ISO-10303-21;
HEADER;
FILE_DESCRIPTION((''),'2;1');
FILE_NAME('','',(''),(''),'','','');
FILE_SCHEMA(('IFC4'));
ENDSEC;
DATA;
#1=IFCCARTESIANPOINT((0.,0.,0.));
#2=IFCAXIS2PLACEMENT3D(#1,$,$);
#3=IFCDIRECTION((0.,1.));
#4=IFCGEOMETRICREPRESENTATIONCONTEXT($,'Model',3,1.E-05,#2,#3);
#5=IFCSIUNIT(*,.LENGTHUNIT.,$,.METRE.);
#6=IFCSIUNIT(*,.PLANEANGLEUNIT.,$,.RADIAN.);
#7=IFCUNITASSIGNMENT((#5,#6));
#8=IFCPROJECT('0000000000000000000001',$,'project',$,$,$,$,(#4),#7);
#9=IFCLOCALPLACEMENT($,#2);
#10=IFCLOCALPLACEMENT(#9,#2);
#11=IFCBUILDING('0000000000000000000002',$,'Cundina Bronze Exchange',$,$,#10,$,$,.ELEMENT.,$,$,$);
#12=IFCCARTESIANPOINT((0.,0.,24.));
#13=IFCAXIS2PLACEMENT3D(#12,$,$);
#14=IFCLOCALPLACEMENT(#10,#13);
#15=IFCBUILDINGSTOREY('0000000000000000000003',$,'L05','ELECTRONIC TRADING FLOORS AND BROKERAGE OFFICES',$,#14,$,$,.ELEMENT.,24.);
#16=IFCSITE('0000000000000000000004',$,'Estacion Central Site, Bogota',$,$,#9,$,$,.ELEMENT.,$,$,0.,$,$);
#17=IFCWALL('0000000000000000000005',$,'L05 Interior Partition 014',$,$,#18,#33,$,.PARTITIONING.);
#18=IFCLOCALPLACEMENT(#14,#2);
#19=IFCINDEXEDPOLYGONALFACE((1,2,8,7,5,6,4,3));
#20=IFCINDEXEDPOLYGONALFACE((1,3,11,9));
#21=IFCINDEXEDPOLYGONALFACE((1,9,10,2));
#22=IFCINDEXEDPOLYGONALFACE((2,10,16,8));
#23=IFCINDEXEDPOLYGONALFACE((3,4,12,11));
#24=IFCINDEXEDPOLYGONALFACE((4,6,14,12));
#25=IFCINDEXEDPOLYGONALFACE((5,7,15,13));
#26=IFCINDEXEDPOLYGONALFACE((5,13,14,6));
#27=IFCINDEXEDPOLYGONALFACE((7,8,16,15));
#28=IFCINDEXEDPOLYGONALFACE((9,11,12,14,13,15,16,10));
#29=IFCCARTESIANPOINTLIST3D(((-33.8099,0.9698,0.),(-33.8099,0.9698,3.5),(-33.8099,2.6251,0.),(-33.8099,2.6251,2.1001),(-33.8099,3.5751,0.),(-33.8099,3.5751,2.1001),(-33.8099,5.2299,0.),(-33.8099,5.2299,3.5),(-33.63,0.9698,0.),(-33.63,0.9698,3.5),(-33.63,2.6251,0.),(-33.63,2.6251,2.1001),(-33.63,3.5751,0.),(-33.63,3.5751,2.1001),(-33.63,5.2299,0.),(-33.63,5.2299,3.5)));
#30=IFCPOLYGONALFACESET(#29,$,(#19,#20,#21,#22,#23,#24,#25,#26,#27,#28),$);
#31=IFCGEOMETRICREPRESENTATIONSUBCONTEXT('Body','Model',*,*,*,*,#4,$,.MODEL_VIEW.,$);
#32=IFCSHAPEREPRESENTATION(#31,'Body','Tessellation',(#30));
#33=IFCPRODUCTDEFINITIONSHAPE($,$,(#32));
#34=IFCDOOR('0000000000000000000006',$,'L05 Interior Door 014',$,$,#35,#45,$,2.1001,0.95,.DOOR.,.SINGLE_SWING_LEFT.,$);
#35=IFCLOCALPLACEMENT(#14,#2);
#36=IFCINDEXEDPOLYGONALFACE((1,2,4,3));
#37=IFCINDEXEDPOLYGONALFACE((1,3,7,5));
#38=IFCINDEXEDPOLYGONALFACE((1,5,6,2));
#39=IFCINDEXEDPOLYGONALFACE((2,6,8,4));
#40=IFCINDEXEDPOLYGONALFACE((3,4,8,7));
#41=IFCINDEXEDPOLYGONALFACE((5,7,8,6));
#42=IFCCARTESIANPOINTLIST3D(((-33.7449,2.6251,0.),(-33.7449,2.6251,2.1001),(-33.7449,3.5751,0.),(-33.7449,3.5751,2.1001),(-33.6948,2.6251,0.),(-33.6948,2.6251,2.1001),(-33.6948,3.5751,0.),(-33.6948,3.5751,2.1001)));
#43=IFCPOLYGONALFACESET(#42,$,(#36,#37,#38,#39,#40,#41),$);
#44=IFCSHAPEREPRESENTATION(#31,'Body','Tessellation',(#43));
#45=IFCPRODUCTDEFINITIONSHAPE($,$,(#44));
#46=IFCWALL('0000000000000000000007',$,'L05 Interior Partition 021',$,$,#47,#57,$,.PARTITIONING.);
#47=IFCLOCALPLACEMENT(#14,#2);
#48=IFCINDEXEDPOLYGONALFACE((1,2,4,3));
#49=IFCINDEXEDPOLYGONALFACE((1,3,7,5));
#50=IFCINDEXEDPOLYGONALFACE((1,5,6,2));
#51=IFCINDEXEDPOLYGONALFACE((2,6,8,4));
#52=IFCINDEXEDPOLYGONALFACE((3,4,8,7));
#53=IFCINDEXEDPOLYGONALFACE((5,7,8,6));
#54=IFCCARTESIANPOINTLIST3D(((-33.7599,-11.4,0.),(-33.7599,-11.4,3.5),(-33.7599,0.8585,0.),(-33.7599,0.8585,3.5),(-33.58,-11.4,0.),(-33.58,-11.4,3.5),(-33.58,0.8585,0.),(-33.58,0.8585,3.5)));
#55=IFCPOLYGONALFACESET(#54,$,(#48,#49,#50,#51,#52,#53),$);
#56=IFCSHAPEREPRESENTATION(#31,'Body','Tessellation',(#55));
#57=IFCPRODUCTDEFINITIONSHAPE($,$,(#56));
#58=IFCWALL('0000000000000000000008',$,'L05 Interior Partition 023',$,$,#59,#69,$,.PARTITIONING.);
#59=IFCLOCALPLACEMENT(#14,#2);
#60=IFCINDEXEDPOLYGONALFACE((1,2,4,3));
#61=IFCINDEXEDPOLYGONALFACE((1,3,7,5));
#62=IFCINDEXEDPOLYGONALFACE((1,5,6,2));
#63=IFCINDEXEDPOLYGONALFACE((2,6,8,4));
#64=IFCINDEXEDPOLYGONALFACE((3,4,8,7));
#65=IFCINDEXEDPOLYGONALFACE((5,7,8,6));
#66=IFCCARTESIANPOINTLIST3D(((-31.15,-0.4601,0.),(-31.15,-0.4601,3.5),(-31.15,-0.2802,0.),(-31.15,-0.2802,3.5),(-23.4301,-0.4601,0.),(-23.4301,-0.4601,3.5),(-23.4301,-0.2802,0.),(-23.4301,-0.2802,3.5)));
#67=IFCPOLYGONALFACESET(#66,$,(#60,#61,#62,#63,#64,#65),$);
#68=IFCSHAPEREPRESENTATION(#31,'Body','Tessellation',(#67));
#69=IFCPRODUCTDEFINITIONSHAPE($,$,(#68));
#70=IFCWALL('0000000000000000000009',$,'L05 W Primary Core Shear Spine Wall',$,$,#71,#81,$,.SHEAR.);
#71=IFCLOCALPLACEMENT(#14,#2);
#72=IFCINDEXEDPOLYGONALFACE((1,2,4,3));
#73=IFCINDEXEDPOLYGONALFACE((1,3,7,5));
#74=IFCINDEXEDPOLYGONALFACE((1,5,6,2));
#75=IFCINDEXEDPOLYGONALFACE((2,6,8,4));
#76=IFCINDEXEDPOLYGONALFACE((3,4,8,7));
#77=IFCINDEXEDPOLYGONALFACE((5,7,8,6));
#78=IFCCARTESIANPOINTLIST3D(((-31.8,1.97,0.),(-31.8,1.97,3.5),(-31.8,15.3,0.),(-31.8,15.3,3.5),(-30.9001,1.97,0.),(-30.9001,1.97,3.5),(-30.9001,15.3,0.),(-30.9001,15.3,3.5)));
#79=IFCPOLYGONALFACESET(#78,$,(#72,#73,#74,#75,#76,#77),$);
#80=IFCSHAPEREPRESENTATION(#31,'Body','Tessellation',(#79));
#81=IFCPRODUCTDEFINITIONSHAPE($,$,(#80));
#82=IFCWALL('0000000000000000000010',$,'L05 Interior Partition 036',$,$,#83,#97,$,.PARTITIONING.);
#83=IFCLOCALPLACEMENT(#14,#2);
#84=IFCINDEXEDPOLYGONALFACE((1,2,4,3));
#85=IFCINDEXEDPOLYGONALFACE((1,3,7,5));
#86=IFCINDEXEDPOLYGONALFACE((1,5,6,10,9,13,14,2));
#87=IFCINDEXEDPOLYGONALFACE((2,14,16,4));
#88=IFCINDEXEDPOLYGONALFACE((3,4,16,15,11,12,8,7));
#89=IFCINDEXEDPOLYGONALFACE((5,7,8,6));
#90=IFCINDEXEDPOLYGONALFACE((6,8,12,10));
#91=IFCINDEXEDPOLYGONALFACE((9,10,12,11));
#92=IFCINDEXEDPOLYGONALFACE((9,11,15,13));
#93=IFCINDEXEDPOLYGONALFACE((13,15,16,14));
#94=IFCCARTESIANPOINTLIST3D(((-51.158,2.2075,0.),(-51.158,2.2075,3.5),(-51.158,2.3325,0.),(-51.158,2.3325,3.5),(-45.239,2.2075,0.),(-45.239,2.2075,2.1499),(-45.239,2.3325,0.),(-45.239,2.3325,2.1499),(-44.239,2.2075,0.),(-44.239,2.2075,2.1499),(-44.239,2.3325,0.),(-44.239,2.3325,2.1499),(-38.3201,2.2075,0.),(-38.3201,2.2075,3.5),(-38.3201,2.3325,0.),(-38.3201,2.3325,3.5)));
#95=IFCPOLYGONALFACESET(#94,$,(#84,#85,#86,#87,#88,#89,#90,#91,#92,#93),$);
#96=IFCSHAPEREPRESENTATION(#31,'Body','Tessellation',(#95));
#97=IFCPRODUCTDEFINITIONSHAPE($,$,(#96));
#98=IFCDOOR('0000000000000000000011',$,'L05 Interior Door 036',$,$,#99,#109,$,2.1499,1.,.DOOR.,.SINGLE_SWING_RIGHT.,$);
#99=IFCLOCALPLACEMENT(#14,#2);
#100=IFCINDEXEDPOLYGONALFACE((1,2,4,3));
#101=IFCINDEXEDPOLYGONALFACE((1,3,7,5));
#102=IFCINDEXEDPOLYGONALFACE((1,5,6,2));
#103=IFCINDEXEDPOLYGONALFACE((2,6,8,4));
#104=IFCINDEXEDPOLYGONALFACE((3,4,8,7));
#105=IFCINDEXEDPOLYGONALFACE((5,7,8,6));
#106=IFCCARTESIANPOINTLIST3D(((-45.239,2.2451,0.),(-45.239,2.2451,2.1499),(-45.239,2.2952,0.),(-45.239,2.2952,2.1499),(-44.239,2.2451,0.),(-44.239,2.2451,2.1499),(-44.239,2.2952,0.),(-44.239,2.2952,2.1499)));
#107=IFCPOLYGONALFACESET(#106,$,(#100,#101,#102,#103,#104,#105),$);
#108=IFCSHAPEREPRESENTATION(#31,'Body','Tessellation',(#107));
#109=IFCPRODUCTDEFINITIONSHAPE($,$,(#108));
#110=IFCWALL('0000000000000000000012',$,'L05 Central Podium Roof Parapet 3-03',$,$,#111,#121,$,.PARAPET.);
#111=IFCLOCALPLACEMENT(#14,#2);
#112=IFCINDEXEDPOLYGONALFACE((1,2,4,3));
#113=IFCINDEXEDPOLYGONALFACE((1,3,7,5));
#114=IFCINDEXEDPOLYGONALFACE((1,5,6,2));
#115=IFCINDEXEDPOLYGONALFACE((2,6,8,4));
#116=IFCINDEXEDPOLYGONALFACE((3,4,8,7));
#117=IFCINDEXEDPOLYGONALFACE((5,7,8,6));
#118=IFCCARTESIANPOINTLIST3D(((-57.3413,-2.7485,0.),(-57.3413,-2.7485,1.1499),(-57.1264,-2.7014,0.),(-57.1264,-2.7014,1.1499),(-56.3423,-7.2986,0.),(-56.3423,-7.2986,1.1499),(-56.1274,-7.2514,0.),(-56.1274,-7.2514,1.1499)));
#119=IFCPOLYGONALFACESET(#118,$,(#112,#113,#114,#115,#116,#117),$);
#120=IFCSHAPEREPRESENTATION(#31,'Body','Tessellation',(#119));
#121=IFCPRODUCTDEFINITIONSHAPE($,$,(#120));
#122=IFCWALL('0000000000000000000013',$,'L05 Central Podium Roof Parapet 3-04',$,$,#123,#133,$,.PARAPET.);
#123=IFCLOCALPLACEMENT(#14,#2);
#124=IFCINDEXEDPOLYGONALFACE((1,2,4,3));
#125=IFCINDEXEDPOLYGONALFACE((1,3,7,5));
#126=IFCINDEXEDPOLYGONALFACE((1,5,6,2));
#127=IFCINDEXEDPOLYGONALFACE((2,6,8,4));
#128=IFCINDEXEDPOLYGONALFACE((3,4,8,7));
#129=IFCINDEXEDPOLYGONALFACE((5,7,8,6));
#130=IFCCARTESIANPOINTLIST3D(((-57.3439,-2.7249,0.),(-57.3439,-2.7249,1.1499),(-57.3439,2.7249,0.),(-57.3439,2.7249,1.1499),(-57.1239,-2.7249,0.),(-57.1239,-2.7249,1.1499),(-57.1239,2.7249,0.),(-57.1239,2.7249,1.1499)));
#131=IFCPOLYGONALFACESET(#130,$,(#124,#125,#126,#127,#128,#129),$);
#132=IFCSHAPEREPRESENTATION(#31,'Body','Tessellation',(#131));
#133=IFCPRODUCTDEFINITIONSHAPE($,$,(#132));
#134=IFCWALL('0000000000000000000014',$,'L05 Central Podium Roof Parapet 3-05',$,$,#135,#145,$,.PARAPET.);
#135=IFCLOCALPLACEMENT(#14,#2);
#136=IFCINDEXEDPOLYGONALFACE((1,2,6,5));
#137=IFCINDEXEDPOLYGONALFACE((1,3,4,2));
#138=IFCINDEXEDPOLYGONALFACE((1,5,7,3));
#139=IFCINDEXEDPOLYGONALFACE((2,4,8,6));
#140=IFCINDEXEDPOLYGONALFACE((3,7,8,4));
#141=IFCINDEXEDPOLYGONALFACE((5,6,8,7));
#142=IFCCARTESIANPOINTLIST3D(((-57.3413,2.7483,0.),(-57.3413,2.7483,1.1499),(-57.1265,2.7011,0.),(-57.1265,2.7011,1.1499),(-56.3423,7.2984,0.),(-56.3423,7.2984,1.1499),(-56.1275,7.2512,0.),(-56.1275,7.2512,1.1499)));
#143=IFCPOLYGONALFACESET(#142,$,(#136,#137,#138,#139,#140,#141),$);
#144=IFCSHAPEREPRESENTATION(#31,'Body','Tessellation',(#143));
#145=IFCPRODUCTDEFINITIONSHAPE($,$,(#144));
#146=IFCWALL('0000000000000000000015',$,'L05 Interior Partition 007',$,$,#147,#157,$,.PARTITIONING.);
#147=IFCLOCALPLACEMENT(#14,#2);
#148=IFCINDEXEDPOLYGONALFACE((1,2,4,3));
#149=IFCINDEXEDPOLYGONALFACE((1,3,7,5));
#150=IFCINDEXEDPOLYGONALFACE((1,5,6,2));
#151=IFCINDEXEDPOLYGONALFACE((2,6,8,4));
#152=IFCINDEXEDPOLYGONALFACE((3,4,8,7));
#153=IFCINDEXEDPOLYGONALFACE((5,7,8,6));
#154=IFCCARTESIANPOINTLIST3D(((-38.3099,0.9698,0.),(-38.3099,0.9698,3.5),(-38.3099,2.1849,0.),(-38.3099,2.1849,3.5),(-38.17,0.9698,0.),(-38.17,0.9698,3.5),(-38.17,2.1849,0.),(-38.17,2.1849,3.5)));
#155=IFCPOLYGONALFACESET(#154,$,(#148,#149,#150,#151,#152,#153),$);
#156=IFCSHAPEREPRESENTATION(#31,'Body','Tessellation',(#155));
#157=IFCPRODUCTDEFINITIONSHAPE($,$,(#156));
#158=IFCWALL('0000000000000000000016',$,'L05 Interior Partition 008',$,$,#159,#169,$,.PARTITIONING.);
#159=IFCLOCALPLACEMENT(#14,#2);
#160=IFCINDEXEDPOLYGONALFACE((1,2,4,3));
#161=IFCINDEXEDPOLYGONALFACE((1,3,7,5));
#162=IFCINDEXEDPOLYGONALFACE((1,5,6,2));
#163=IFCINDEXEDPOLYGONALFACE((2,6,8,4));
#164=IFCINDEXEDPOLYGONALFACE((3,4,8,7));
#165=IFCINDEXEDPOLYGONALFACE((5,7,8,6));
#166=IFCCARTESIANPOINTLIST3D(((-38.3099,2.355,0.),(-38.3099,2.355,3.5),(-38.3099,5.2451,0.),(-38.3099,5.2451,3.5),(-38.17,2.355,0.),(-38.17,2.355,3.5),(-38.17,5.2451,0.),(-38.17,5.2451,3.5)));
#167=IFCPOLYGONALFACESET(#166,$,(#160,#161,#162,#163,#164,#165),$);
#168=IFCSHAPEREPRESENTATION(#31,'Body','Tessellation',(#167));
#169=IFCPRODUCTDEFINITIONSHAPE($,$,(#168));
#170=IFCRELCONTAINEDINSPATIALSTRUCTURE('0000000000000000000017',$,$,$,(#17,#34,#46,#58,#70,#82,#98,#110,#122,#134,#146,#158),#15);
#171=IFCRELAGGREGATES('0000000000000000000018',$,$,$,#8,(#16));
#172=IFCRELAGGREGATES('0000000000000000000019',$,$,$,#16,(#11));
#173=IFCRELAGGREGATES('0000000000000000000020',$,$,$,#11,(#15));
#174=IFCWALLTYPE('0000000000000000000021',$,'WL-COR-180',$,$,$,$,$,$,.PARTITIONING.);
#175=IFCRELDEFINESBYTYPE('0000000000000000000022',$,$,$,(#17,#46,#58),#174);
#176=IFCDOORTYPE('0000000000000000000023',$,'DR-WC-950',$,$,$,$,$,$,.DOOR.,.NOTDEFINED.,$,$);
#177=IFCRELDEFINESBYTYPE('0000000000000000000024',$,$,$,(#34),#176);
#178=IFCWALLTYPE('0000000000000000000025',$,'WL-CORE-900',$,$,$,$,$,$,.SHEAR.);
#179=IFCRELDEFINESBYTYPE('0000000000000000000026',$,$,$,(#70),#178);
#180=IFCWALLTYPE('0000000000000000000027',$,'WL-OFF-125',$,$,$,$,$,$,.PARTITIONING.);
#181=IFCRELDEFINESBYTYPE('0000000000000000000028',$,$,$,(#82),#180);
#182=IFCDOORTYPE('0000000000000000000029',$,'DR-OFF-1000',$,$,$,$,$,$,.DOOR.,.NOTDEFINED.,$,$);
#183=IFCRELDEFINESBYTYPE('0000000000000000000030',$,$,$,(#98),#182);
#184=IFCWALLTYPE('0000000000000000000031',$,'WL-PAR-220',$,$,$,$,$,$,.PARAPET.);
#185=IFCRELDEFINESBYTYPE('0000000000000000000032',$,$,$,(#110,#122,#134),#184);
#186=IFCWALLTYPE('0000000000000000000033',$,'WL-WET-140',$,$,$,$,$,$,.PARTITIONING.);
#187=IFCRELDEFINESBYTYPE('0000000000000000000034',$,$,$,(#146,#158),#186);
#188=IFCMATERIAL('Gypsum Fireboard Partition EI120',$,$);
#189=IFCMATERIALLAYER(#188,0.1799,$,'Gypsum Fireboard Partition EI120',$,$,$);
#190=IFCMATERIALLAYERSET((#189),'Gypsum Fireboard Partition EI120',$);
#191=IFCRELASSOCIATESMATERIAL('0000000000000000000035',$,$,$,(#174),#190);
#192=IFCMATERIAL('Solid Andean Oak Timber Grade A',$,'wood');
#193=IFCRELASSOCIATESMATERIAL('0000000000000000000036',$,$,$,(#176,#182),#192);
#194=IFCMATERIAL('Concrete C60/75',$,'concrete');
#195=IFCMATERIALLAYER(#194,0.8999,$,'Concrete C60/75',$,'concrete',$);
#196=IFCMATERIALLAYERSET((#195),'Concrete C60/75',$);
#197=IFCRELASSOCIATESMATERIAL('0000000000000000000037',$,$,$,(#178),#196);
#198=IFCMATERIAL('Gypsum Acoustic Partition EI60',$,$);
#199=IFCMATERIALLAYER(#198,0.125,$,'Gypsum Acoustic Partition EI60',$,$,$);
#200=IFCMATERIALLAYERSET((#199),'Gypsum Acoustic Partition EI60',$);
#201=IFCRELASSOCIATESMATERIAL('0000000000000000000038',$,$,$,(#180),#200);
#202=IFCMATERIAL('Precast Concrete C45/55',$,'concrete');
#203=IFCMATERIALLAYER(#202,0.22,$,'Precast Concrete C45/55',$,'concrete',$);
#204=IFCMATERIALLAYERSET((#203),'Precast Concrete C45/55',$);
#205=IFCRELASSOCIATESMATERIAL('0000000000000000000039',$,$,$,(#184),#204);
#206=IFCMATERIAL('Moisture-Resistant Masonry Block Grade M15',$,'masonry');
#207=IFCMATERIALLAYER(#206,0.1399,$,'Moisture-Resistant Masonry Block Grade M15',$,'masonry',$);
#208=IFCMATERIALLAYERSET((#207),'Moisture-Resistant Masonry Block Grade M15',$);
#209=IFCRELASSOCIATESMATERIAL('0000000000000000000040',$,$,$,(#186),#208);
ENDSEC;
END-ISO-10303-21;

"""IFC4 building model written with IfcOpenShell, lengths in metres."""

from ifc_helpers import new_model, si_unit, direction, frame, frame_2d, origin, place, context, subcontext, project, spatial, rectangle, extrude, material, layer, layer_set, type_object, element, fill, save


model = new_model("IFC4")

# Units and contexts
model_context = context("Model", 3, precision=1e-05, world=origin(), true_north=direction((0.0, 1.0)))
body_context = subcontext(model_context, "Body", "Model", "MODEL_VIEW")
ifc_project = project(units=[si_unit("LENGTHUNIT", "METRE"), si_unit("PLANEANGLEUNIT", "RADIAN")], contexts=[model_context])

# Site, building, storey
site_placement = place(None, origin())
site = spatial("IfcSite", under=ifc_project, at=site_placement, Name="Estacion Central Site, Bogota", CompositionType="ELEMENT", RefElevation=0.0)
building_placement = place(site_placement, origin())
building = spatial("IfcBuilding", under=site, at=building_placement, Name="Cundina Bronze Exchange", CompositionType="ELEMENT")
storey_placement = place(building_placement, frame((0.0, 0.0, 24.0)))
storey = spatial("IfcBuildingStorey", under=building, at=storey_placement, Name="L05", Description="ELECTRONIC TRADING FLOORS AND BROKERAGE OFFICES", CompositionType="ELEMENT", Elevation=24.0)

# Shared definitions
ifc_material_1 = material(Name="Concrete C60/75", Category="concrete")

# Wall, opening, door
ifc_material_2 = material(Name="Gypsum Fireboard Partition EI120")
ifc_layer_1 = layer(ifc_material_2, 0.1799, Name="Gypsum Fireboard Partition EI120")
ifc_layer_set_1 = layer_set([ifc_layer_1], Name="Gypsum Fireboard Partition EI120")
wall_type_1 = type_object("IfcWallType", Name="WL-COR-180", PredefinedType="PARTITIONING", material=ifc_layer_set_1)
wall_1_placement = place(storey_placement, frame((-33.72, 0.97, 0.0), z_axis=(0.0, 0.0, 1.0), x_axis=(0.0, 1.0, 0.0)))
wall_1 = element("IfcWall", 1, at=wall_1_placement, inside=storey, type_object=wall_type_1, Name="L05 Interior Partition 014", PredefinedType="PARTITIONING", context=body_context, shape_type="SweptSolid", body=[
    extrude(rectangle(XDim=4.26, YDim=0.1799, at=frame_2d((2.1299, 0.0))), origin(), (0.0, 0.0, 1.0), 3.5),
])
opening_1_placement = place(wall_1_placement, frame((1.655, 0.0, 0.0)))
opening_1 = element("IfcOpeningElement", 2, at=opening_1_placement, cuts=wall_1, PredefinedType="OPENING", context=body_context, shape_type="SweptSolid", body=[
    extrude(rectangle(XDim=0.95, YDim=2.1001, at=frame_2d((0.4751, 1.05))), frame((0.0, 0.0999, 0.0), z_axis=(0.0, -1.0, 0.0), x_axis=(1.0, 0.0, 0.0)), (0.0, 0.0, 1.0), 0.2),
])
ifc_material_3 = material(Name="Solid Andean Oak Timber Grade A", Category="wood")
door_type_1 = type_object("IfcDoorType", Name="DR-WC-950", OperationType="NOTDEFINED", PredefinedType="DOOR", material=ifc_material_3)
door_1_placement = place(opening_1_placement, origin())
door_1 = element("IfcDoor", 3, at=door_1_placement, inside=storey, type_object=door_type_1, Name="L05 Interior Door 014", OperationType="SINGLE_SWING_LEFT", OverallHeight=2.1001, OverallWidth=0.95, PredefinedType="DOOR", context=body_context, shape_type="SweptSolid", body=[
    extrude(rectangle(XDim=0.95, YDim=2.1001, at=frame_2d((0.4751, 1.05))), frame((0.0, 0.0249, 0.0), z_axis=(0.0, -1.0, 0.0), x_axis=(1.0, 0.0, 0.0)), (0.0, 0.0, 1.0), 0.05),
])
fill(opening_1, door_1)

# Walls
wall_2_placement = place(storey_placement, frame((-33.6699, 0.8586, 0.0), z_axis=(0.0, 0.0, 1.0), x_axis=(0.0, -1.0, 0.0)))
element("IfcWall", 4, at=wall_2_placement, inside=storey, type_object=wall_type_1, Name="L05 Interior Partition 021", PredefinedType="PARTITIONING", context=body_context, shape_type="SweptSolid", body=[
    extrude(rectangle(XDim=12.2585, YDim=0.1799, at=frame_2d((6.1294, 0.0))), origin(), (0.0, 0.0, 1.0), 3.5),
])
wall_3_placement = place(storey_placement, frame((-31.1499, -0.3701, 0.0), z_axis=(0.0, 0.0, 1.0), x_axis=(1.0, 0.0, 0.0)))
element("IfcWall", 5, at=wall_3_placement, inside=storey, type_object=wall_type_1, Name="L05 Interior Partition 023", PredefinedType="PARTITIONING", context=body_context, shape_type="SweptSolid", body=[
    extrude(rectangle(XDim=7.72, YDim=0.1799, at=frame_2d((3.8599, 0.0))), origin(), (0.0, 0.0, 1.0), 3.5),
])
ifc_layer_2 = layer(ifc_material_1, 0.8999, Name="Concrete C60/75", Category="concrete")
ifc_layer_set_2 = layer_set([ifc_layer_2], Name="Concrete C60/75")
wall_type_2 = type_object("IfcWallType", Name="WL-CORE-900", PredefinedType="SHEAR", material=ifc_layer_set_2)
wall_4_placement = place(storey_placement, frame((-31.3501, 1.97, 0.0), z_axis=(0.0, 0.0, 1.0), x_axis=(0.0, 1.0, 0.0)))
element("IfcWall", 6, at=wall_4_placement, inside=storey, type_object=wall_type_2, Name="L05 W Primary Core Shear Spine Wall", PredefinedType="SHEAR", context=body_context, shape_type="SweptSolid", body=[
    extrude(rectangle(XDim=13.3301, YDim=0.8999, at=frame_2d((6.665, 0.0))), origin(), (0.0, 0.0, 1.0), 3.5),
])

# Wall, opening, door
ifc_material_4 = material(Name="Gypsum Acoustic Partition EI60")
ifc_layer_3 = layer(ifc_material_4, 0.125, Name="Gypsum Acoustic Partition EI60")
ifc_layer_set_3 = layer_set([ifc_layer_3], Name="Gypsum Acoustic Partition EI60")
wall_type_3 = type_object("IfcWallType", Name="WL-OFF-125", PredefinedType="PARTITIONING", material=ifc_layer_set_3)
wall_5_placement = place(storey_placement, frame((-38.3201, 2.27, 0.0), z_axis=(0.0, 0.0, 1.0), x_axis=(-1.0, 0.0, 0.0)))
wall_5 = element("IfcWall", 7, at=wall_5_placement, inside=storey, type_object=wall_type_3, Name="L05 Interior Partition 036", PredefinedType="PARTITIONING", context=body_context, shape_type="SweptSolid", body=[
    extrude(rectangle(XDim=12.8379, YDim=0.125, at=frame_2d((6.4189, 0.0))), origin(), (0.0, 0.0, 1.0), 3.5),
])
opening_2_placement = place(wall_5_placement, frame((5.9189, 0.0, 0.0)))
opening_2 = element("IfcOpeningElement", 8, at=opening_2_placement, cuts=wall_5, PredefinedType="OPENING", context=body_context, shape_type="SweptSolid", body=[
    extrude(rectangle(XDim=1.0, YDim=2.1499, at=frame_2d((0.5, 1.075))), frame((0.0, 0.0725, 0.0), z_axis=(0.0, -1.0, 0.0), x_axis=(1.0, 0.0, 0.0)), (0.0, 0.0, 1.0), 0.145),
])
door_type_2 = type_object("IfcDoorType", Name="DR-OFF-1000", OperationType="NOTDEFINED", PredefinedType="DOOR", material=ifc_material_3)
door_2_placement = place(opening_2_placement, origin())
door_2 = element("IfcDoor", 9, at=door_2_placement, inside=storey, type_object=door_type_2, Name="L05 Interior Door 036", OperationType="SINGLE_SWING_RIGHT", OverallHeight=2.1499, OverallWidth=1.0, PredefinedType="DOOR", context=body_context, shape_type="SweptSolid", body=[
    extrude(rectangle(XDim=1.0, YDim=2.1499, at=frame_2d((0.5, 1.075))), frame((0.0, 0.0249, 0.0), z_axis=(0.0, -1.0, 0.0), x_axis=(1.0, 0.0, 0.0)), (0.0, 0.0, 1.0), 0.05),
])
fill(opening_2, door_2)

# Walls
ifc_material_5 = material(Name="Precast Concrete C45/55", Category="concrete")
ifc_layer_4 = layer(ifc_material_5, 0.22, Name="Precast Concrete C45/55", Category="concrete")
ifc_layer_set_4 = layer_set([ifc_layer_4], Name="Precast Concrete C45/55")
wall_type_4 = type_object("IfcWallType", Name="WL-PAR-220", PredefinedType="PARAPET", material=ifc_layer_set_4)
wall_6_placement = place(storey_placement, frame((-56.2349, -7.2749, 0.0), z_axis=(0.0, 0.0, 1.0), x_axis=(-0.214455, 0.976734, 0.0)))
element("IfcWall", 10, at=wall_6_placement, inside=storey, type_object=wall_type_4, Name="L05 Central Podium Roof Parapet 3-03", PredefinedType="PARAPET", context=body_context, shape_type="SweptSolid", body=[
    extrude(rectangle(XDim=4.6584, YDim=0.22, at=frame_2d((2.3291, 0.0))), origin(), (0.0, 0.0, 1.0), 1.1499),
])
wall_7_placement = place(storey_placement, frame((-57.2339, -2.7249, 0.0), z_axis=(0.0, 0.0, 1.0), x_axis=(0.0, 1.0, 0.0)))
element("IfcWall", 11, at=wall_7_placement, inside=storey, type_object=wall_type_4, Name="L05 Central Podium Roof Parapet 3-04", PredefinedType="PARAPET", context=body_context, shape_type="SweptSolid", body=[
    extrude(rectangle(XDim=5.4497, YDim=0.22, at=frame_2d((2.7249, 0.0))), origin(), (0.0, 0.0, 1.0), 1.1499),
])
wall_8_placement = place(storey_placement, frame((-57.2339, 2.7249, 0.0), z_axis=(0.0, 0.0, 1.0), x_axis=(0.214455, 0.976734, 0.0)))
element("IfcWall", 12, at=wall_8_placement, inside=storey, type_object=wall_type_4, Name="L05 Central Podium Roof Parapet 3-05", PredefinedType="PARAPET", context=body_context, shape_type="SweptSolid", body=[
    extrude(rectangle(XDim=4.6584, YDim=0.22, at=frame_2d((2.3291, 0.0))), origin(), (0.0, 0.0, 1.0), 1.1499),
])
ifc_material_6 = material(Name="Moisture-Resistant Masonry Block Grade M15", Category="masonry")
ifc_layer_5 = layer(ifc_material_6, 0.1399, Name="Moisture-Resistant Masonry Block Grade M15", Category="masonry")
ifc_layer_set_5 = layer_set([ifc_layer_5], Name="Moisture-Resistant Masonry Block Grade M15")
wall_type_5 = type_object("IfcWallType", Name="WL-WET-140", PredefinedType="PARTITIONING", material=ifc_layer_set_5)
wall_9_placement = place(storey_placement, frame((-38.24, 0.97, 0.0), z_axis=(0.0, 0.0, 1.0), x_axis=(0.0, 1.0, 0.0)))
element("IfcWall", 13, at=wall_9_placement, inside=storey, type_object=wall_type_5, Name="L05 Interior Partition 007", PredefinedType="PARTITIONING", context=body_context, shape_type="SweptSolid", body=[
    extrude(rectangle(XDim=1.2151, YDim=0.1399, at=frame_2d((0.6074, 0.0))), origin(), (0.0, 0.0, 1.0), 3.5),
])
wall_10_placement = place(storey_placement, frame((-38.24, 2.355, 0.0), z_axis=(0.0, 0.0, 1.0), x_axis=(0.0, 1.0, 0.0)))
element("IfcWall", 14, at=wall_10_placement, inside=storey, type_object=wall_type_5, Name="L05 Interior Partition 008", PredefinedType="PARTITIONING", context=body_context, shape_type="SweptSolid", body=[
    extrude(rectangle(XDim=2.8901, YDim=0.1399, at=frame_2d((1.4451, 0.0))), origin(), (0.0, 0.0, 1.0), 3.5),
])

save(model, "model.ifc")
